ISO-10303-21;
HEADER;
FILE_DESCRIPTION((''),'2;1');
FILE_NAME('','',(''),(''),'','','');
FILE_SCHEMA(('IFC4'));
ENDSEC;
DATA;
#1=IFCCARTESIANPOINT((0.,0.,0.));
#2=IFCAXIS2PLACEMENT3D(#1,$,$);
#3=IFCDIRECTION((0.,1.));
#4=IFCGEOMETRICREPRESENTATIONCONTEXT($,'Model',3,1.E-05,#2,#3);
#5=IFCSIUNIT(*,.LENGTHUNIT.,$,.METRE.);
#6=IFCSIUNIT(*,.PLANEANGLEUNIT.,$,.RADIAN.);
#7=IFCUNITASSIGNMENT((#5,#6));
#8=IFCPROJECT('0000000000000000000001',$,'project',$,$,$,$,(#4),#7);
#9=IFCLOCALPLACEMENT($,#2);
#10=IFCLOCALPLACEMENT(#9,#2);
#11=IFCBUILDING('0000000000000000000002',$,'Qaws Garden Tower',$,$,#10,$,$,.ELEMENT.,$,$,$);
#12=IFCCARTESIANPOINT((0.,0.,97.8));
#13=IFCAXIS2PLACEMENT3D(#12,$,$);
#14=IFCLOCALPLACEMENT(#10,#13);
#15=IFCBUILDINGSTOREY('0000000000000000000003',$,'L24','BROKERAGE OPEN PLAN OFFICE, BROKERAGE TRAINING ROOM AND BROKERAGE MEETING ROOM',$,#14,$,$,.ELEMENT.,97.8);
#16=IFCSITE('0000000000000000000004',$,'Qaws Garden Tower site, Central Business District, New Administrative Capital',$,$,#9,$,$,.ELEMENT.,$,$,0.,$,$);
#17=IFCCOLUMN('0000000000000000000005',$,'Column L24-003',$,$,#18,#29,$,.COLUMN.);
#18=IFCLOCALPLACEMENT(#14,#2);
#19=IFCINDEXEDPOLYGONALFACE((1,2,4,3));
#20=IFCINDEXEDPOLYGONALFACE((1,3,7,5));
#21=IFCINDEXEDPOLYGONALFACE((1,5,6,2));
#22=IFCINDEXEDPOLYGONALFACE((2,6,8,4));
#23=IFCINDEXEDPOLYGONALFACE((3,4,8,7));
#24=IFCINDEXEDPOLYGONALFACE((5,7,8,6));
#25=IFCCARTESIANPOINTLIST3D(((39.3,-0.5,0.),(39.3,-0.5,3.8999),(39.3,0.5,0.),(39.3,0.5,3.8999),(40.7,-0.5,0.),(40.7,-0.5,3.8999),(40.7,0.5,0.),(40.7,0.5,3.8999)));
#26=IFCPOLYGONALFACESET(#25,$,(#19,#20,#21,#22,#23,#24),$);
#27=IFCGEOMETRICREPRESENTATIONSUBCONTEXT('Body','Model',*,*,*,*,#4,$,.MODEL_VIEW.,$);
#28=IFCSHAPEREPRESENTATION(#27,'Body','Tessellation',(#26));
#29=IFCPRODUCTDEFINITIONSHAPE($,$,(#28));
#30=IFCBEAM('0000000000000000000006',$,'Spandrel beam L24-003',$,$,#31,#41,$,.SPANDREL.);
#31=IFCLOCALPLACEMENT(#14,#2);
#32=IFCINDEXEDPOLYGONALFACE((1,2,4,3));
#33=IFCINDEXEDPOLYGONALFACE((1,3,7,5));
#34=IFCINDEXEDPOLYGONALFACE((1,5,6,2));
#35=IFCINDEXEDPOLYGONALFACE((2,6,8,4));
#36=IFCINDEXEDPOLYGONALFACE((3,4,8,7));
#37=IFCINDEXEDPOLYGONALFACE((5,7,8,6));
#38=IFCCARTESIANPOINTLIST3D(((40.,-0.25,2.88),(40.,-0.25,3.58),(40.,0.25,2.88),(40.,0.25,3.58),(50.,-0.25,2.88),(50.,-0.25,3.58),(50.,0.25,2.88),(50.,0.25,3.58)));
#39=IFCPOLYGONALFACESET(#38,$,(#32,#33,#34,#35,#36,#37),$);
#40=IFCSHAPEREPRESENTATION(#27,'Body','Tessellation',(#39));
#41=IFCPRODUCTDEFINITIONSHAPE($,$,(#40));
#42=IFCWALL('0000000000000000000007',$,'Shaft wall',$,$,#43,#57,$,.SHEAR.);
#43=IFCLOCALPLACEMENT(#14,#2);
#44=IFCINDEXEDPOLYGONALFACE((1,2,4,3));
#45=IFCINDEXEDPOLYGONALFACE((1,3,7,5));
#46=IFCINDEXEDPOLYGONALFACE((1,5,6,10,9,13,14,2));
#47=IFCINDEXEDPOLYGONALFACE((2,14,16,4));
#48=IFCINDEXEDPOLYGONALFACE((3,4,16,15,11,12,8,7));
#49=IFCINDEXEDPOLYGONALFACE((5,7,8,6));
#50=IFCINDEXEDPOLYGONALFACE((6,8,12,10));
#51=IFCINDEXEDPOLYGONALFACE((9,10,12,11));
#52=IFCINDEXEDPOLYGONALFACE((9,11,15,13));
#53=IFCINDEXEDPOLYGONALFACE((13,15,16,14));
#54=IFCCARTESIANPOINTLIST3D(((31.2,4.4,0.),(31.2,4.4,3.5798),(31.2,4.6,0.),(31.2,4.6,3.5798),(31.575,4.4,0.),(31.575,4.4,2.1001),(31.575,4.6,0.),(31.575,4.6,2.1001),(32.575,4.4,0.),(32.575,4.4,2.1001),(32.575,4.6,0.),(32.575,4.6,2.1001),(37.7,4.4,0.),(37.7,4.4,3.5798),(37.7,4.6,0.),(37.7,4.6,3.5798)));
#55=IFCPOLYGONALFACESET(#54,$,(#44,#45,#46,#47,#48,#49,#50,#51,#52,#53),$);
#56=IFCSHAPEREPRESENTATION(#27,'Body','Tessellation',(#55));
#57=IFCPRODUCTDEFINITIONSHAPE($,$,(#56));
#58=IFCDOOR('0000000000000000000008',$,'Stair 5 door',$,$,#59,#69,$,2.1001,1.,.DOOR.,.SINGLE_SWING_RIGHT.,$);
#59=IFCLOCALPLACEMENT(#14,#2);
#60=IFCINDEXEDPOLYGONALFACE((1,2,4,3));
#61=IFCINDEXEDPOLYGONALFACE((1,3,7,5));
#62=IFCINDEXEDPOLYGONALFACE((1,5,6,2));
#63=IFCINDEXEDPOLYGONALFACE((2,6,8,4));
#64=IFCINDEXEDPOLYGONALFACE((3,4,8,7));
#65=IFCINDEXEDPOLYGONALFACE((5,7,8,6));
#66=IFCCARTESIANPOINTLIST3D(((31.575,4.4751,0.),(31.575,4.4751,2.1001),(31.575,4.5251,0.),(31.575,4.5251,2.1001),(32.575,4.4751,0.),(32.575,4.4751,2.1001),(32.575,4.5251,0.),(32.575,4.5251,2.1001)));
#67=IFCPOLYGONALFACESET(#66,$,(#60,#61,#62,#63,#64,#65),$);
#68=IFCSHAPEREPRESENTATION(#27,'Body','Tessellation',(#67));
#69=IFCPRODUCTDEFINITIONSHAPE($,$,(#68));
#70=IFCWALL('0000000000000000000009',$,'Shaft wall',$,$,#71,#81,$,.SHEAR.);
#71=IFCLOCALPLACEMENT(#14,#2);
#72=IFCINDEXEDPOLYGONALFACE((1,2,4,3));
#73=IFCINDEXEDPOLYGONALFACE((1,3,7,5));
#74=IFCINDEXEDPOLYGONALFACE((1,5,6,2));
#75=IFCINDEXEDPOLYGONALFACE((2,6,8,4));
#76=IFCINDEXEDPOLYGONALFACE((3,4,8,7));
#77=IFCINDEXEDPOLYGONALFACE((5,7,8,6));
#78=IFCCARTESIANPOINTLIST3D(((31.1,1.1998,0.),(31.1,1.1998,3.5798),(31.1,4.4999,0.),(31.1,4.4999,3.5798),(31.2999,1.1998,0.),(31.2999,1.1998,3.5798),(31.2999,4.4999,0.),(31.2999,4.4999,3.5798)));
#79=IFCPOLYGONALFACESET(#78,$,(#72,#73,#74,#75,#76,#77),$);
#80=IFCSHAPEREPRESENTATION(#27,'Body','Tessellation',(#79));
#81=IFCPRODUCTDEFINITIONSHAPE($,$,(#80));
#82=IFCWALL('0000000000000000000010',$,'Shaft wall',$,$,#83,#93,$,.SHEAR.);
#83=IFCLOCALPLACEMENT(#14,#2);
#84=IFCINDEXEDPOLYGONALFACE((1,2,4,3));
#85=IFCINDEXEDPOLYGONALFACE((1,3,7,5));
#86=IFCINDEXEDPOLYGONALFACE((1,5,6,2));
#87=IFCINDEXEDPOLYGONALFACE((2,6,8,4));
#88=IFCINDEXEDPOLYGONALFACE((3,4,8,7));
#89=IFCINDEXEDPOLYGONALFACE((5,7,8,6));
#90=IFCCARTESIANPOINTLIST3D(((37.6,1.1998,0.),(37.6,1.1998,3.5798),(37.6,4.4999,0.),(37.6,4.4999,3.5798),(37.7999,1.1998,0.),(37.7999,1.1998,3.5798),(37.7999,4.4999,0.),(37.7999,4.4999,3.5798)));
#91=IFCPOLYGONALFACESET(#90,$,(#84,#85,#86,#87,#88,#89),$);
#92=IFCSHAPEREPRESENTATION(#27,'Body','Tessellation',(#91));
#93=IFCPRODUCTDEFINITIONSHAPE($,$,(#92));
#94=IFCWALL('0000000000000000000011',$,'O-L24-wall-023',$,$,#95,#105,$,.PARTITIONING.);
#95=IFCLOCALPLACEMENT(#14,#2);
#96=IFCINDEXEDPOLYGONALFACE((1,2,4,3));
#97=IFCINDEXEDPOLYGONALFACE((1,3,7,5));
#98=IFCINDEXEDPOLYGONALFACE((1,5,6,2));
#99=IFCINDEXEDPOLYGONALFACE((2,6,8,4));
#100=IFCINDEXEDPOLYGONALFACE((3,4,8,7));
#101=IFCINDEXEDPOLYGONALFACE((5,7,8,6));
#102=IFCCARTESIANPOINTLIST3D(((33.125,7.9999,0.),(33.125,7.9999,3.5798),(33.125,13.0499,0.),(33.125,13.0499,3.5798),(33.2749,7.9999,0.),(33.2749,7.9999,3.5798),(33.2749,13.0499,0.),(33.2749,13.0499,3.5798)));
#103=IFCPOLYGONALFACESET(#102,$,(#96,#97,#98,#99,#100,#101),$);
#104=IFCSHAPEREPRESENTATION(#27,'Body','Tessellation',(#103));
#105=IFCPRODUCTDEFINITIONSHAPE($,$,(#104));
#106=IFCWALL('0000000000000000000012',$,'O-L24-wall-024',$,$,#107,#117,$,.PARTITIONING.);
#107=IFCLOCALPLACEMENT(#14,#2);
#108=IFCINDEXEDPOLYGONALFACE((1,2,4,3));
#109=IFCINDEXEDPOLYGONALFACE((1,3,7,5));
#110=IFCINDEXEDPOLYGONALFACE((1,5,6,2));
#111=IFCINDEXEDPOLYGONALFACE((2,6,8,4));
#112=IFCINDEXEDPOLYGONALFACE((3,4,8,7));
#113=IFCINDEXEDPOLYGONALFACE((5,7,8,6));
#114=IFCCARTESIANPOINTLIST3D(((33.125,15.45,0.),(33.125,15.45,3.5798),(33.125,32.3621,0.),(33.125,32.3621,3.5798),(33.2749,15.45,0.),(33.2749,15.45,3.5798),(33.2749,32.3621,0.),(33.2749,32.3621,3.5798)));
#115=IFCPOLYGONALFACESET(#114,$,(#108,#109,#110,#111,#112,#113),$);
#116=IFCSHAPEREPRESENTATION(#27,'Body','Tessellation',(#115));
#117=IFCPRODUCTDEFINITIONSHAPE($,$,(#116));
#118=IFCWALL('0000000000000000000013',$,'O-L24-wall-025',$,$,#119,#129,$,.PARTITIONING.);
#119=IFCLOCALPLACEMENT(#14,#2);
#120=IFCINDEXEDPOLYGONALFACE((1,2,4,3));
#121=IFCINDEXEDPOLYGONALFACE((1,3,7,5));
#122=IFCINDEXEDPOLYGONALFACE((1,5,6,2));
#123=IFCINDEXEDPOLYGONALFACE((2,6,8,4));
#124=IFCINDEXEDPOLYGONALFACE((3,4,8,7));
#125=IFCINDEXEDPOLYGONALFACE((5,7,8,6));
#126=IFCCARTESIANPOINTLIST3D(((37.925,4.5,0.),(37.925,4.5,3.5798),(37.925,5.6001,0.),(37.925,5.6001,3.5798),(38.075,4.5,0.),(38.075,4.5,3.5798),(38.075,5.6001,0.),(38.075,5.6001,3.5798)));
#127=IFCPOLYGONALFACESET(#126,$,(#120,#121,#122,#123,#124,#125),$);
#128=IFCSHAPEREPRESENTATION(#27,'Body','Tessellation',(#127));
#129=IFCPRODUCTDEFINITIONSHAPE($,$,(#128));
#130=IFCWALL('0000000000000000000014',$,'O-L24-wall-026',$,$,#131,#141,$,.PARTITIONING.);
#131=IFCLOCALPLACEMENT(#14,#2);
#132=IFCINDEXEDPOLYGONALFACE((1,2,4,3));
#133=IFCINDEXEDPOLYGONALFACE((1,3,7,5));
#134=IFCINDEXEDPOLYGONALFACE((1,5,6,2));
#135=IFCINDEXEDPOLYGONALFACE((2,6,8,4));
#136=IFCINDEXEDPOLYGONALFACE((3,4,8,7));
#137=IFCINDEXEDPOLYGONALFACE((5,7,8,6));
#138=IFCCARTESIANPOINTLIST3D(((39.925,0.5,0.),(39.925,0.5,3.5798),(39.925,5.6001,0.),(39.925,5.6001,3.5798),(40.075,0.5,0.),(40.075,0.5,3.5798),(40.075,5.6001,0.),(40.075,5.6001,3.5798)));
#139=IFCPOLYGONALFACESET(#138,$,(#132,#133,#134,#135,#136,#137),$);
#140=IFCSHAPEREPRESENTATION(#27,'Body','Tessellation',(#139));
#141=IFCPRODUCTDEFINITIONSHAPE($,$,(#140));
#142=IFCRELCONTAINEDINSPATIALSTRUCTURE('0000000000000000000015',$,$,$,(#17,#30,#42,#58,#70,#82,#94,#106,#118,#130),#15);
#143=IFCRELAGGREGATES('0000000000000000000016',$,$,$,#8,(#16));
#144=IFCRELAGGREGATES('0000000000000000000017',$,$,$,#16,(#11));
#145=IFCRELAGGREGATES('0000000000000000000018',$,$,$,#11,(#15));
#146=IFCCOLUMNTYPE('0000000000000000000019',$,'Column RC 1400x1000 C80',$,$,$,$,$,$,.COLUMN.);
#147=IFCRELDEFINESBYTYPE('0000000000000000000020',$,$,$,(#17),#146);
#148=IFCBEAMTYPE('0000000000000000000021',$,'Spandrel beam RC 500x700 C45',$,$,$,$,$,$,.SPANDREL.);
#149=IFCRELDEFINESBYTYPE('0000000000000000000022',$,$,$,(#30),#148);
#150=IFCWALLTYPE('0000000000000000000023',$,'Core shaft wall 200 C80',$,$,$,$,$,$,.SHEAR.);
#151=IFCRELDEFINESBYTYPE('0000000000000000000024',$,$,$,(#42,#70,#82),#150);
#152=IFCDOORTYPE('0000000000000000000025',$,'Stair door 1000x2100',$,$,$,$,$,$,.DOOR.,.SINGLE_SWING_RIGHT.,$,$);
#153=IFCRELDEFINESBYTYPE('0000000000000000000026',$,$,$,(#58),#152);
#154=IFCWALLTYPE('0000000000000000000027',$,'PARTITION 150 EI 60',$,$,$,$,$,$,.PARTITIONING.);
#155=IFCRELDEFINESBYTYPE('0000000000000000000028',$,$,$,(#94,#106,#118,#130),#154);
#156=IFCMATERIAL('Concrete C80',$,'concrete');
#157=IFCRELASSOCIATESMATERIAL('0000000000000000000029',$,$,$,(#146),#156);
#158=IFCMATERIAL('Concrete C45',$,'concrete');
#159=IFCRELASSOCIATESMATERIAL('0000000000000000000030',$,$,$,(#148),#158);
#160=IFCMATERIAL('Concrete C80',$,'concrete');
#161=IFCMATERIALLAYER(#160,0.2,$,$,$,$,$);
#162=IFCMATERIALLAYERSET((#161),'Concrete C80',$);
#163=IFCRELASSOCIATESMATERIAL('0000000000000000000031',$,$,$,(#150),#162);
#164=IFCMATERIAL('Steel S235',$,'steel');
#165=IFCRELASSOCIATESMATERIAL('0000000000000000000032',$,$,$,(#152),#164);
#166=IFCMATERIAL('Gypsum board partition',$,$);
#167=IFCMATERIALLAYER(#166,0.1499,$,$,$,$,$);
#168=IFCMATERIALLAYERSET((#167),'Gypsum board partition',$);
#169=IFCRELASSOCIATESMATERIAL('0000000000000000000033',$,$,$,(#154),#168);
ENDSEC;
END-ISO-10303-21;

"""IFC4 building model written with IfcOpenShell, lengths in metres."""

from ifc_helpers import new_model, si_unit, direction, frame, frame_2d, origin, origin_2d, place, context, subcontext, project, spatial, rectangle, extrude, material, layer, layer_set, material_profile, profile_set, type_object, element, fill, save


model = new_model("IFC4")

# Units and contexts
model_context = context("Model", 3, precision=1e-05, world=origin(), true_north=direction((0.0, 1.0)))
body_context = subcontext(model_context, "Body", "Model", "MODEL_VIEW")
ifc_project = project(units=[si_unit("LENGTHUNIT", "METRE"), si_unit("PLANEANGLEUNIT", "RADIAN")], contexts=[model_context])

# Site, building, storey
site_placement = place(None, origin())
site = spatial("IfcSite", under=ifc_project, at=site_placement, Name="Qaws Garden Tower site, Central Business District, New Administrative Capital", CompositionType="ELEMENT", RefElevation=0.0)
building_placement = place(site_placement, origin())
building = spatial("IfcBuilding", under=site, at=building_placement, Name="Qaws Garden Tower", CompositionType="ELEMENT")
storey_placement = place(building_placement, frame((0.0, 0.0, 97.8)))
storey = spatial("IfcBuildingStorey", under=building, at=storey_placement, Name="L24", Description="BROKERAGE OPEN PLAN OFFICE, BROKERAGE TRAINING ROOM AND BROKERAGE MEETING ROOM", CompositionType="ELEMENT", Elevation=97.8)

# Column
ifc_material_1 = material(Name="Concrete C80", Category="concrete")
ifc_material_profile_1 = material_profile(ifc_material_1, rectangle(XDim=1.3999, YDim=1.0, at=origin_2d()), Name="RC 1400x1000")
ifc_profile_set_1 = profile_set([ifc_material_profile_1], Name="Concrete C80")
column_type = type_object("IfcColumnType", Name="Column RC 1400x1000 C80", PredefinedType="COLUMN", material=ifc_profile_set_1)
column_placement = place(storey_placement, frame((40.0, 0.0, 0.0), z_axis=(0.0, 0.0, 1.0), x_axis=(1.0, 0.0, 0.0)))
element("IfcColumn", 1, at=column_placement, inside=storey, type_object=column_type, Name="Column L24-003", PredefinedType="COLUMN", context=body_context, shape_type="SweptSolid", body=[
    extrude(rectangle(XDim=1.3999, YDim=1.0, at=origin_2d()), origin(), (0.0, 0.0, 1.0), 3.8999),
])

# Beam
ifc_material_2 = material(Name="Concrete C45", Category="concrete")
ifc_material_profile_2 = material_profile(ifc_material_2, rectangle(XDim=0.5, YDim=0.7, at=origin_2d()), Name="RC 500x700")
ifc_profile_set_2 = profile_set([ifc_material_profile_2], Name="Concrete C45")
beam_type = type_object("IfcBeamType", Name="Spandrel beam RC 500x700 C45", PredefinedType="SPANDREL", material=ifc_profile_set_2)
beam_placement = place(storey_placement, frame((40.0, 0.0, 3.23), z_axis=(1.0, 0.0, 0.0), x_axis=(0.0, 1.0, 0.0)))
element("IfcBeam", 2, at=beam_placement, inside=storey, type_object=beam_type, Name="Spandrel beam L24-003", PredefinedType="SPANDREL", context=body_context, shape_type="SweptSolid", body=[
    extrude(rectangle(XDim=0.5, YDim=0.7, at=origin_2d()), origin(), (0.0, 0.0, 1.0), 10.0),
])

# Wall, opening, door
ifc_material_3 = material(Name="Concrete C80", Category="concrete")
ifc_layer_1 = layer(ifc_material_3, 0.2)
ifc_layer_set_1 = layer_set([ifc_layer_1], Name="Concrete C80")
wall_type_1 = type_object("IfcWallType", Name="Core shaft wall 200 C80", PredefinedType="SHEAR", material=ifc_layer_set_1)
wall_1_placement = place(storey_placement, frame((31.2, 4.5, 0.0), z_axis=(0.0, 0.0, 1.0), x_axis=(1.0, 0.0, 0.0)))
wall_1 = element("IfcWall", 3, at=wall_1_placement, inside=storey, type_object=wall_type_1, Name="Shaft wall", PredefinedType="SHEAR", context=body_context, shape_type="SweptSolid", body=[
    extrude(rectangle(XDim=6.5, YDim=0.2, at=frame_2d((3.25, 0.0))), origin(), (0.0, 0.0, 1.0), 3.5798),
])
opening_1_placement = place(wall_1_placement, frame((0.375, 0.0, 0.0)))
opening_1 = element("IfcOpeningElement", 4, at=opening_1_placement, cuts=wall_1, PredefinedType="OPENING", context=body_context, shape_type="SweptSolid", body=[
    extrude(rectangle(XDim=1.0, YDim=2.1001, at=frame_2d((0.5, 1.05))), frame((0.0, 0.1099, 0.0), z_axis=(0.0, -1.0, 0.0), x_axis=(1.0, 0.0, 0.0)), (0.0, 0.0, 1.0), 0.22),
])
ifc_material_4 = material(Name="Steel S235", Category="steel")
door_type_1 = type_object("IfcDoorType", Name="Stair door 1000x2100", OperationType="SINGLE_SWING_RIGHT", PredefinedType="DOOR", material=ifc_material_4)
door_1_placement = place(opening_1_placement, frame((1.0, 0.0, 0.0), z_axis=(0.0, 0.0, 1.0), x_axis=(-1.0, 0.0, 0.0)))
door_1 = element("IfcDoor", 5, at=door_1_placement, inside=storey, type_object=door_type_1, Name="Stair 5 door", OperationType="SINGLE_SWING_RIGHT", OverallHeight=2.1001, OverallWidth=1.0, PredefinedType="DOOR", context=body_context, shape_type="SweptSolid", body=[
    extrude(rectangle(XDim=1.0, YDim=2.1001, at=frame_2d((0.5, 1.05))), frame((0.0, 0.0249, 0.0), z_axis=(0.0, -1.0, 0.0), x_axis=(1.0, 0.0, 0.0)), (0.0, 0.0, 1.0), 0.05),
])
fill(opening_1, door_1)

# Walls
for number, where, z_axis, x_axis, name in (
    (6, (31.2, 1.2, 0.0), (0.0, 0.0, 1.0), (0.0, 1.0, 0.0), "Shaft wall"),
    (7, (37.7, 1.2, 0.0), (0.0, 0.0, 1.0), (0.0, 1.0, 0.0), "Shaft wall"),
):
    element("IfcWall", number, at=place(storey_placement, frame(where, z_axis=z_axis, x_axis=x_axis)), inside=storey, type_object=wall_type_1, Name=name, PredefinedType="SHEAR", context=body_context, shape_type="SweptSolid", body=[
        extrude(rectangle(XDim=3.3, YDim=0.2, at=frame_2d((1.6499, 0.0))), origin(), (0.0, 0.0, 1.0), 3.5798),
    ])
ifc_material_5 = material(Name="Gypsum board partition")
ifc_layer_2 = layer(ifc_material_5, 0.1499)
ifc_layer_set_2 = layer_set([ifc_layer_2], Name="Gypsum board partition")
wall_type_2 = type_object("IfcWallType", Name="PARTITION 150 EI 60", PredefinedType="PARTITIONING", material=ifc_layer_set_2)
wall_2_placement = place(storey_placement, frame((33.2, 8.0, 0.0), z_axis=(0.0, 0.0, 1.0), x_axis=(0.0, 1.0, 0.0)))
element("IfcWall", 8, at=wall_2_placement, inside=storey, type_object=wall_type_2, Name="O-L24-wall-023", PredefinedType="PARTITIONING", context=body_context, shape_type="SweptSolid", body=[
    extrude(rectangle(XDim=5.05, YDim=0.1499, at=frame_2d((2.5249, 0.0))), origin(), (0.0, 0.0, 1.0), 3.5798),
])
wall_3_placement = place(storey_placement, frame((33.2, 15.45, 0.0), z_axis=(0.0, 0.0, 1.0), x_axis=(0.0, 1.0, 0.0)))
element("IfcWall", 9, at=wall_3_placement, inside=storey, type_object=wall_type_2, Name="O-L24-wall-024", PredefinedType="PARTITIONING", context=body_context, shape_type="SweptSolid", body=[
    extrude(rectangle(XDim=16.9121, YDim=0.1499, at=frame_2d((8.4561, 0.0))), origin(), (0.0, 0.0, 1.0), 3.5798),
])
wall_4_placement = place(storey_placement, frame((38.0, 4.5, 0.0), z_axis=(0.0, 0.0, 1.0), x_axis=(0.0, 1.0, 0.0)))
element("IfcWall", 10, at=wall_4_placement, inside=storey, type_object=wall_type_2, Name="O-L24-wall-025", PredefinedType="PARTITIONING", context=body_context, shape_type="SweptSolid", body=[
    extrude(rectangle(XDim=1.1001, YDim=0.1499, at=frame_2d((0.55, 0.0))), origin(), (0.0, 0.0, 1.0), 3.5798),
])
wall_5_placement = place(storey_placement, frame((40.0, 0.5, 0.0), z_axis=(0.0, 0.0, 1.0), x_axis=(0.0, 1.0, 0.0)))
element("IfcWall", 11, at=wall_5_placement, inside=storey, type_object=wall_type_2, Name="O-L24-wall-026", PredefinedType="PARTITIONING", context=body_context, shape_type="SweptSolid", body=[
    extrude(rectangle(XDim=5.1001, YDim=0.1499, at=frame_2d((2.55, 0.0))), origin(), (0.0, 0.0, 1.0), 3.5798),
])

save(model, "model.ifc")
